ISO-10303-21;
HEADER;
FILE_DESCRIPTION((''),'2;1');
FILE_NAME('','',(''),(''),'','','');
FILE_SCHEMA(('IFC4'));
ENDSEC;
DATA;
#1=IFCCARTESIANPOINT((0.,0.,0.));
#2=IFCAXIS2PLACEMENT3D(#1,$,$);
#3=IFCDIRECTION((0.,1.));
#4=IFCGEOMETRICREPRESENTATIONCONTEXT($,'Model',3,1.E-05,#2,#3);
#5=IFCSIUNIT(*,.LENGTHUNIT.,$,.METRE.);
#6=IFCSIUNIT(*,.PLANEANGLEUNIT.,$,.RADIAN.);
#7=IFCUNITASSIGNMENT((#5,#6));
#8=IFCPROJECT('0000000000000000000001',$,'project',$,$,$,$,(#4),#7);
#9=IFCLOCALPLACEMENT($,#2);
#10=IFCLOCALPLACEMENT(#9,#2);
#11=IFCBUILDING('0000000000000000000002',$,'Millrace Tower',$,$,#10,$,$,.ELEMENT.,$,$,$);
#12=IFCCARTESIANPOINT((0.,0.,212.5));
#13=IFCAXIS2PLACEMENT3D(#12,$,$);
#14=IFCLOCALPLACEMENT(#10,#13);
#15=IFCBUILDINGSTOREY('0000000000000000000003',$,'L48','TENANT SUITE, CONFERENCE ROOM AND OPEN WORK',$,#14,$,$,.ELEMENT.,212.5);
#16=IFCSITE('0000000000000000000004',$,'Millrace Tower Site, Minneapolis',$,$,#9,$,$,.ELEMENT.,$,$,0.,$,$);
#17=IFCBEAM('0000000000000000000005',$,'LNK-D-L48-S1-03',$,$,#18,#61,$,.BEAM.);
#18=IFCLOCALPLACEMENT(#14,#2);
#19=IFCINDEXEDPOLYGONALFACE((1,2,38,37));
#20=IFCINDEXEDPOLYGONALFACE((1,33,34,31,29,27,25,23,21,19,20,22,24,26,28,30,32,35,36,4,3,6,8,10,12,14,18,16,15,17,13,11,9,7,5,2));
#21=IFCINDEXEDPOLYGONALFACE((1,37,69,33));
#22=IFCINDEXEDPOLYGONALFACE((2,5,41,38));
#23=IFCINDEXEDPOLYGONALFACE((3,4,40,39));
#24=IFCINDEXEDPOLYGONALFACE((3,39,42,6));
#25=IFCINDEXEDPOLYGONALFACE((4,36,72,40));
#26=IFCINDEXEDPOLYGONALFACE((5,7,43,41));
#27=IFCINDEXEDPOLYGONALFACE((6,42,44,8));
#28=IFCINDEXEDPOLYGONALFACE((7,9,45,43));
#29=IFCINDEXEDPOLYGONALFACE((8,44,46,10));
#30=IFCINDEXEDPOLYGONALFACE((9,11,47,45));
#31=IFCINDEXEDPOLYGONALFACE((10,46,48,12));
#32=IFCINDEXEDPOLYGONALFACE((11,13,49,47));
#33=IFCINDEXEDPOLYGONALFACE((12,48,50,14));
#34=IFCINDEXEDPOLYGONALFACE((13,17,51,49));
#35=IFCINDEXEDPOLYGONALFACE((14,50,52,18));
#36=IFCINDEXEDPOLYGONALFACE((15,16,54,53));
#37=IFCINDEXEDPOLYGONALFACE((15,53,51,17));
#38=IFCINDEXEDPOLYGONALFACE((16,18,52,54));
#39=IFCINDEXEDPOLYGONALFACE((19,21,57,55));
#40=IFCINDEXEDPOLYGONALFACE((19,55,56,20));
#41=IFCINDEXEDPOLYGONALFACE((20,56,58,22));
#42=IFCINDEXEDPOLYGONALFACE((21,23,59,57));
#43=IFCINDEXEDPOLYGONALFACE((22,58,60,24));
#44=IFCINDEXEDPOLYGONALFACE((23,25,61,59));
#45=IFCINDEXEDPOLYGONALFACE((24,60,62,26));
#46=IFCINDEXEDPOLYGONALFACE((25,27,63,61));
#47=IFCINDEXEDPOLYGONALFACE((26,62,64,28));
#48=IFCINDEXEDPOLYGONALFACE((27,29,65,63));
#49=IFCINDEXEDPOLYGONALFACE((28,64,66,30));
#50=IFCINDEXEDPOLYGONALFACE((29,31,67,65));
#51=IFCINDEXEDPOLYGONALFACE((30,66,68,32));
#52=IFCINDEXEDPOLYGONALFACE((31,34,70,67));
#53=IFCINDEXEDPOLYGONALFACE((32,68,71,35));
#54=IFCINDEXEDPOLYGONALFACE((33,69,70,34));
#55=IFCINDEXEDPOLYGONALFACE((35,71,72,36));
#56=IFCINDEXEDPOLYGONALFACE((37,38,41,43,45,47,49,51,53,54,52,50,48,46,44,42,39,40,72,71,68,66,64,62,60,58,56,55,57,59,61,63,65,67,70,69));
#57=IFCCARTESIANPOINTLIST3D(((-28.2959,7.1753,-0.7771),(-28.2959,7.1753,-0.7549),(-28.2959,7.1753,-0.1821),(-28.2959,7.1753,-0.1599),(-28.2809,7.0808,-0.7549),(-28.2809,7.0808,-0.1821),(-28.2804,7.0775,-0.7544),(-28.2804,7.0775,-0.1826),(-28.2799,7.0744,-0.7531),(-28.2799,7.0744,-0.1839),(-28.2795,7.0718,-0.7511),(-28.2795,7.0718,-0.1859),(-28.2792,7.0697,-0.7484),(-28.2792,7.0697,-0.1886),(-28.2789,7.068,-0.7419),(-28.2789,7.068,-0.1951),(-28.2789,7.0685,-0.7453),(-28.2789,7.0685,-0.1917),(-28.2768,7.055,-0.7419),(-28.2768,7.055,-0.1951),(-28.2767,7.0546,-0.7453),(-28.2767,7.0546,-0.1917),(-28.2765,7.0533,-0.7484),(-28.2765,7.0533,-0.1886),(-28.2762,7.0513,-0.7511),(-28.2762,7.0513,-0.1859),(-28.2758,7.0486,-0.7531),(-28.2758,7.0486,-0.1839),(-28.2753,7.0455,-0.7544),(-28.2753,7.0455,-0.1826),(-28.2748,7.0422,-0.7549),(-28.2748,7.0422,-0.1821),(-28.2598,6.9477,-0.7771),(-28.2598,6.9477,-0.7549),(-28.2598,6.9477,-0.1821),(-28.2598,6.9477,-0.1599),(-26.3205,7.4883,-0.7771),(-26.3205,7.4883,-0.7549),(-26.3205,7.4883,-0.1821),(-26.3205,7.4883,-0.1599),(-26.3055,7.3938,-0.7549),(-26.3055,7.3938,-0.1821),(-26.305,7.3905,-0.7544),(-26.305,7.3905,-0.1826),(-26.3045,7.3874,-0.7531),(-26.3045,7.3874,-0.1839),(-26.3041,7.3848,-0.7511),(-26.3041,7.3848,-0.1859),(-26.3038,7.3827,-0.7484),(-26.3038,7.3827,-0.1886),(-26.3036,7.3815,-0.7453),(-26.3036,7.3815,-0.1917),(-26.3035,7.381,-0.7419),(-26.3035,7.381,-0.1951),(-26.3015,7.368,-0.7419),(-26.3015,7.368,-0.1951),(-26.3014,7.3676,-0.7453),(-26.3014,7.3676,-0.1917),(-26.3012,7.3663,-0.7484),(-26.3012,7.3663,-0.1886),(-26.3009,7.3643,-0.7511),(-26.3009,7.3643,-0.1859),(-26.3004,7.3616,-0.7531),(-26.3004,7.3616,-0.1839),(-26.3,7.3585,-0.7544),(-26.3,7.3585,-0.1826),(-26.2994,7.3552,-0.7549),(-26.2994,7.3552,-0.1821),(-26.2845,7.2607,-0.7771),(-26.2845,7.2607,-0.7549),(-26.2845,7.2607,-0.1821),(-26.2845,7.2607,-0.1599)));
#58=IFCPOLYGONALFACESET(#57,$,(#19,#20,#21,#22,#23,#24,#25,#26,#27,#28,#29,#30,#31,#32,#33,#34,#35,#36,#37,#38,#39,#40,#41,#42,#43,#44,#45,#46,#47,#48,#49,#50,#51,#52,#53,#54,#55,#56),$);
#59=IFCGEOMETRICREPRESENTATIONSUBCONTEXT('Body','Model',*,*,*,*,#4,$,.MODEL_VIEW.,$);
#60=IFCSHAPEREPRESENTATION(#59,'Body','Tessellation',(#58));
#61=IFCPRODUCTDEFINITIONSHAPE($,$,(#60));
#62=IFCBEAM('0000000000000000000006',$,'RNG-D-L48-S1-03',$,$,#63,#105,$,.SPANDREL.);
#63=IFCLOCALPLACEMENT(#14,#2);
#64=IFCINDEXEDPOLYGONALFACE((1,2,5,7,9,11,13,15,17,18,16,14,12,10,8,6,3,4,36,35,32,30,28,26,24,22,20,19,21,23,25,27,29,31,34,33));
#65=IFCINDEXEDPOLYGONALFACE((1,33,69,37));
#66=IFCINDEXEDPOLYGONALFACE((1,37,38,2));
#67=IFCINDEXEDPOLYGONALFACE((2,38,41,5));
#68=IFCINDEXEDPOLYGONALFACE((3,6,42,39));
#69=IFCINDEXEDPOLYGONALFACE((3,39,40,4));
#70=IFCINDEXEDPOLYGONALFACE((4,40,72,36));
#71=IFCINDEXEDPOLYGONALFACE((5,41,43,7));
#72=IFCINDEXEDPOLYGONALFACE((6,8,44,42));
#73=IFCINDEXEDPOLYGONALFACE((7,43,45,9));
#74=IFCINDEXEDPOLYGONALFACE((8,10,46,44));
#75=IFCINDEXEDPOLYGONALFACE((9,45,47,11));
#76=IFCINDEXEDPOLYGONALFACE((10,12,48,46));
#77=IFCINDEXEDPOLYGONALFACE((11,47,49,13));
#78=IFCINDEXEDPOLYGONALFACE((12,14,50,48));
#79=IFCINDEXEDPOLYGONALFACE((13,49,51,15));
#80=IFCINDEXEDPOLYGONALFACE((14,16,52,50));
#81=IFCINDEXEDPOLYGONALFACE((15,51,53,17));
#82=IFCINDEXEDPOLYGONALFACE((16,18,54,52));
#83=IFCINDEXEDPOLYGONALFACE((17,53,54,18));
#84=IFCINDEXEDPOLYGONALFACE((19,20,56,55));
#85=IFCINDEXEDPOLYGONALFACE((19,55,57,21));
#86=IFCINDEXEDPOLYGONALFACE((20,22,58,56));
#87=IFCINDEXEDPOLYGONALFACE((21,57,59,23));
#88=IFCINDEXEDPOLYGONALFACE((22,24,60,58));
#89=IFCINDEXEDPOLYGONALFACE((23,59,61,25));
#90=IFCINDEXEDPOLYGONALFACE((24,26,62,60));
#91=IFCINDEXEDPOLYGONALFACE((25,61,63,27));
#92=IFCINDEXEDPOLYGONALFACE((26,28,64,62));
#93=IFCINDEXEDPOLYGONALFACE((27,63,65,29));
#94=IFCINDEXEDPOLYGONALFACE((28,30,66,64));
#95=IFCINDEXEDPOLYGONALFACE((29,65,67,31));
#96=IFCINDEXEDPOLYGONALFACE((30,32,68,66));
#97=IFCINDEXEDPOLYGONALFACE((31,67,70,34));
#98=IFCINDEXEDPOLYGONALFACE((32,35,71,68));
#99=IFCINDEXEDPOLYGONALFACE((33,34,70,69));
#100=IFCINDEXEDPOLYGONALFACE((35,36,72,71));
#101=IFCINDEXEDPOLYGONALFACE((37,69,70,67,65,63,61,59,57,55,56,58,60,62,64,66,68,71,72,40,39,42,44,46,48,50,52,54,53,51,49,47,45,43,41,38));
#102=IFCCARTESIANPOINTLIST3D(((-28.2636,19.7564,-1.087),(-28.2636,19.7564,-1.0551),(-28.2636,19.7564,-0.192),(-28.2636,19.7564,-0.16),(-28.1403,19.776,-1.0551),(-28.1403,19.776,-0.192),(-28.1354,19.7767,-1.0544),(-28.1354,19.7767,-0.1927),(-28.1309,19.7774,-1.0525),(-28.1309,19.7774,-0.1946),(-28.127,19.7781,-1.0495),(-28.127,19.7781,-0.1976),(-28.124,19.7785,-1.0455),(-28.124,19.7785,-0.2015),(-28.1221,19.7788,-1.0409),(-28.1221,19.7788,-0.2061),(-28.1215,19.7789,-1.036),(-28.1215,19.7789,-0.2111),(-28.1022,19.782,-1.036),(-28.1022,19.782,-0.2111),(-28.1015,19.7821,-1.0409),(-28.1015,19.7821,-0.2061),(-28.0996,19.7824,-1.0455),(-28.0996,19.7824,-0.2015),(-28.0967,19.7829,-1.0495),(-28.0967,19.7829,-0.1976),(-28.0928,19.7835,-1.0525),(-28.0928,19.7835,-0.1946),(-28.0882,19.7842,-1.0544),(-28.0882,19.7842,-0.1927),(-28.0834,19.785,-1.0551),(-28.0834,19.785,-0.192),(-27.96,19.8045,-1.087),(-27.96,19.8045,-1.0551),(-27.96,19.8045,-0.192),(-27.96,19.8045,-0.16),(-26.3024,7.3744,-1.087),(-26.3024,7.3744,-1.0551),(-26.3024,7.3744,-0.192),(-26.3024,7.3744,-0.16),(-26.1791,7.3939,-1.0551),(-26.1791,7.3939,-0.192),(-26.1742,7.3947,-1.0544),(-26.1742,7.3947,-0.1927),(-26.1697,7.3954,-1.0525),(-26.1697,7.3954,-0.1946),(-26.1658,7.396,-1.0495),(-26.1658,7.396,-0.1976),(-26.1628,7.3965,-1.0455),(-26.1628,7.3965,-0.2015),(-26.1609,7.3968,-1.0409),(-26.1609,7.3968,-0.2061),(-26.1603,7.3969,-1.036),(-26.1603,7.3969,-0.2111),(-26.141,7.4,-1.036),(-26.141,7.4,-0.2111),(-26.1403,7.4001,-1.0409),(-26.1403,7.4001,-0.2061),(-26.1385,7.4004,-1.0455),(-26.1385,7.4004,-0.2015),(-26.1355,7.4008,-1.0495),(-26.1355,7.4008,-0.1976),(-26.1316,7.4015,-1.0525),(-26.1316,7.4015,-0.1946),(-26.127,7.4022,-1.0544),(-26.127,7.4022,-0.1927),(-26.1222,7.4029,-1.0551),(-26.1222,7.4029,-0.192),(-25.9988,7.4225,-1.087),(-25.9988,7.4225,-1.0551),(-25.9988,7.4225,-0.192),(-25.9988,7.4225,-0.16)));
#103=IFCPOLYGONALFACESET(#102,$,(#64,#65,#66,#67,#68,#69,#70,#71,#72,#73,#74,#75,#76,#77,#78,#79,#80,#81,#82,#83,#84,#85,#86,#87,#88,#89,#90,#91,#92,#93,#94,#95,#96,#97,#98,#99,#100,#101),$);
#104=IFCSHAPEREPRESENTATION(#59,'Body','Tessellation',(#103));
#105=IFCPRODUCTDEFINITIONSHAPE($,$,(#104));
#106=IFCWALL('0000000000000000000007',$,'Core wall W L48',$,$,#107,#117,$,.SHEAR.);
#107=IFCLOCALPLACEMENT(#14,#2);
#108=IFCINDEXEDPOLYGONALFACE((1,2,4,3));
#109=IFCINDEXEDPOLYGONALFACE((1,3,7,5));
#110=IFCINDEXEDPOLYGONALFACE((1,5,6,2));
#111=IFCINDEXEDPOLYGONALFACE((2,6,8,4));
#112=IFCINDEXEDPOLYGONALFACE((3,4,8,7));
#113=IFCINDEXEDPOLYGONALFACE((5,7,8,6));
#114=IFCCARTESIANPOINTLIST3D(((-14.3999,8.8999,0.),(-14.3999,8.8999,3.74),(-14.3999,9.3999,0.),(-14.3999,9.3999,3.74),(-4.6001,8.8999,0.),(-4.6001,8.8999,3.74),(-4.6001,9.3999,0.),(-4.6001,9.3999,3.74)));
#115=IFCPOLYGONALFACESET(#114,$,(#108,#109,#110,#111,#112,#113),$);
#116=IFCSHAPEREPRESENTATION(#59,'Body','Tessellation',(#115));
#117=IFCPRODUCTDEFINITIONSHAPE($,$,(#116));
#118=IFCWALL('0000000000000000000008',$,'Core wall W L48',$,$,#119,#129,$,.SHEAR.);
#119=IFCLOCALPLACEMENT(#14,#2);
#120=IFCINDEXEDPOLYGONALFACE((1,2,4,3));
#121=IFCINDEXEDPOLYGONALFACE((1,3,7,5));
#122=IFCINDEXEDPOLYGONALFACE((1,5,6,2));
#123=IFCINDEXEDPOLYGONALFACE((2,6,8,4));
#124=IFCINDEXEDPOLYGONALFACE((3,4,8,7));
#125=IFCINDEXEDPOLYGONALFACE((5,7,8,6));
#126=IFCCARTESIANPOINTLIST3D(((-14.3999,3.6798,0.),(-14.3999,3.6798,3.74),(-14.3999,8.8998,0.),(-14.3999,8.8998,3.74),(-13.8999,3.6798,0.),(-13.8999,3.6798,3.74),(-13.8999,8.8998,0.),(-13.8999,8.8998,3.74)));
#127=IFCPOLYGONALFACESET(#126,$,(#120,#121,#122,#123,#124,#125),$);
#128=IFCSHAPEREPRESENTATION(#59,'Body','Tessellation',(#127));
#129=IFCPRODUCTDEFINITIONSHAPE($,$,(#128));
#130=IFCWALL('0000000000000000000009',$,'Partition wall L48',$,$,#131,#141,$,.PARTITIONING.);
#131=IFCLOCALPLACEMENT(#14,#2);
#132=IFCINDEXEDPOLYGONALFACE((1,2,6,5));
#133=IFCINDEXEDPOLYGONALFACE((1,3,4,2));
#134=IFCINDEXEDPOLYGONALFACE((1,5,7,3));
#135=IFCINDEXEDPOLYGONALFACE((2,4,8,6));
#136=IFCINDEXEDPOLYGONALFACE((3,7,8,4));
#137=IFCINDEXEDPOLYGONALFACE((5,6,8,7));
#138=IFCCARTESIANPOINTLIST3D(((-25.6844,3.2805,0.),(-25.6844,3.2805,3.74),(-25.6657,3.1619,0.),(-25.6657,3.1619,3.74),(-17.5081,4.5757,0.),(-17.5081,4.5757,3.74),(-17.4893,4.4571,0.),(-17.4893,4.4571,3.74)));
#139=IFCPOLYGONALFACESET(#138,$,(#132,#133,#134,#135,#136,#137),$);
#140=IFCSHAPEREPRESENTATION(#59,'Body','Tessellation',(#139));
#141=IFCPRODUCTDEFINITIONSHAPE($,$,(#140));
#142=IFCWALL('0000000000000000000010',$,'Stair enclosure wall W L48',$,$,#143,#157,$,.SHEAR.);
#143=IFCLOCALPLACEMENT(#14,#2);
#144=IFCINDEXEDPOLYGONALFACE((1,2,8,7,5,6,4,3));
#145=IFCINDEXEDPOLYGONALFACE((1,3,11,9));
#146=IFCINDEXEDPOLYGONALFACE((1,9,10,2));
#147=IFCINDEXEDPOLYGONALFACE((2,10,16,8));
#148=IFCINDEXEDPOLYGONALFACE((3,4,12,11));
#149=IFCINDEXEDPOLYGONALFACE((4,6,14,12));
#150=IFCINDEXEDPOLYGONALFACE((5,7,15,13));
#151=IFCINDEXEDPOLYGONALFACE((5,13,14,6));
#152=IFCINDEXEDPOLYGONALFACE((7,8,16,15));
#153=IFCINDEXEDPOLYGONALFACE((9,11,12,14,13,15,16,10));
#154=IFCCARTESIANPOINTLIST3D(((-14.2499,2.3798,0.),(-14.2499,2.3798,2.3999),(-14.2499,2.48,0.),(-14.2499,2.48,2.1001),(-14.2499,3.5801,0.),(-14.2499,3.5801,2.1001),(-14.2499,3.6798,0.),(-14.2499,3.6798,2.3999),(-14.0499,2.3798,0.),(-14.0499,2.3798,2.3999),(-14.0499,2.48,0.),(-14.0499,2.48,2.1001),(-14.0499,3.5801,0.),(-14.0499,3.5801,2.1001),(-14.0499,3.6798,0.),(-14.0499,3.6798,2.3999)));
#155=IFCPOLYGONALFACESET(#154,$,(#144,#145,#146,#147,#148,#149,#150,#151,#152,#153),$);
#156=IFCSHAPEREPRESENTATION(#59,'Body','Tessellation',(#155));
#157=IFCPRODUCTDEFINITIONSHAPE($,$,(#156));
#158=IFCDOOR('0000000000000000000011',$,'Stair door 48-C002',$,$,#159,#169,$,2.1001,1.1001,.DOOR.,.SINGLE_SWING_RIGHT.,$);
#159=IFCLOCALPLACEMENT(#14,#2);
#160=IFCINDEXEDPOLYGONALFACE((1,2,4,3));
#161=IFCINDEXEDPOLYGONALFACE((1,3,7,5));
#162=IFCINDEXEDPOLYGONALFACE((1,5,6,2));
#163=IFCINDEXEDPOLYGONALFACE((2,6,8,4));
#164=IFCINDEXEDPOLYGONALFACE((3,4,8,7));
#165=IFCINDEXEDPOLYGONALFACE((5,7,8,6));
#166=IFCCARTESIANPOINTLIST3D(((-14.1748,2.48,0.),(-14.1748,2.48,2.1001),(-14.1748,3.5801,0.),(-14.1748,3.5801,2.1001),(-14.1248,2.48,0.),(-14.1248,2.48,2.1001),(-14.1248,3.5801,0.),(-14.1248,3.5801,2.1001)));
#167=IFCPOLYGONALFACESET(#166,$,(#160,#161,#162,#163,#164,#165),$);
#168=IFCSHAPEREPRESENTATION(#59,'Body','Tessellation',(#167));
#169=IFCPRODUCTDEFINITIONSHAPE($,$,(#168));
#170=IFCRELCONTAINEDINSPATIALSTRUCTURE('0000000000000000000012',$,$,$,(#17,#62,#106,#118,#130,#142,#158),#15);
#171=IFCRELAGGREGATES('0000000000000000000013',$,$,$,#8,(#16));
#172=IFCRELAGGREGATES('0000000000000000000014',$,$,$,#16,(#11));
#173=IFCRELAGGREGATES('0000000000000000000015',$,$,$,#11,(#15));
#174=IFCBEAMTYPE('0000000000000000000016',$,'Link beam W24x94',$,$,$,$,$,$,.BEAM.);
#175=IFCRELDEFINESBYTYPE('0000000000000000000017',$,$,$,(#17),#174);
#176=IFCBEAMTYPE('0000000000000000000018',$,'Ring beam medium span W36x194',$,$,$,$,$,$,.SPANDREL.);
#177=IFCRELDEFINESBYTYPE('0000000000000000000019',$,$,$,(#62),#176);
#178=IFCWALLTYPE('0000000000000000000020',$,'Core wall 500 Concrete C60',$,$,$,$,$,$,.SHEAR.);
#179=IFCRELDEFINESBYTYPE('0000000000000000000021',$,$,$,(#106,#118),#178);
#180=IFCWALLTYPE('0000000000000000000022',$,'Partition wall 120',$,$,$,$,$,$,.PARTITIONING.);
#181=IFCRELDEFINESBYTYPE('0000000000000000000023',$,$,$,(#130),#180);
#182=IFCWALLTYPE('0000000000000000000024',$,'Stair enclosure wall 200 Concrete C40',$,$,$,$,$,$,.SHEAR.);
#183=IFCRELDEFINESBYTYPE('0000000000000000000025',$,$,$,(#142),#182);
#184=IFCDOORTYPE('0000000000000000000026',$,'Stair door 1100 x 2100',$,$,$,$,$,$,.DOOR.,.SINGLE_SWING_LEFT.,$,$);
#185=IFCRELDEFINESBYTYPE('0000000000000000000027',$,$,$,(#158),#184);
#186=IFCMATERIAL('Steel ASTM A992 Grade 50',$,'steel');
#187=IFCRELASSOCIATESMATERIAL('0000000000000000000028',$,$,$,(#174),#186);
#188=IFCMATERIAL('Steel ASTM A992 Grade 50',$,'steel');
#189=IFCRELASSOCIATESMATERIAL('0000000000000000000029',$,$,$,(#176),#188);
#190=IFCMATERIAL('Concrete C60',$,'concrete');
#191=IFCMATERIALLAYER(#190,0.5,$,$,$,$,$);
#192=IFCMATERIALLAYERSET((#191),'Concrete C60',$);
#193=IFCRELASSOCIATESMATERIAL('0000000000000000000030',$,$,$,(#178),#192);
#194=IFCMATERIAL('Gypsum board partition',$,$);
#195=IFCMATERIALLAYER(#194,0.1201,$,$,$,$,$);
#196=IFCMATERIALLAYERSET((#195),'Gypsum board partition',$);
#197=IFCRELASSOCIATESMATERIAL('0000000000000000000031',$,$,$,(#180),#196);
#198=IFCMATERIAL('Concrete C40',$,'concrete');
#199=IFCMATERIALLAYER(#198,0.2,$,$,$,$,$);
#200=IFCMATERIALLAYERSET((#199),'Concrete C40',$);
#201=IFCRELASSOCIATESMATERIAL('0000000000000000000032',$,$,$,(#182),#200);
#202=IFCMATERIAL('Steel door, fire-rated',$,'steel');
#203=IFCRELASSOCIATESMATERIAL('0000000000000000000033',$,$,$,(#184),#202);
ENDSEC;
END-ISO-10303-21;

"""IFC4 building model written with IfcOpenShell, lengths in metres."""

from ifc_helpers import new_model, si_unit, direction, frame, frame_2d, origin, origin_2d, place, context, subcontext, project, spatial, rectangle, i_section, extrude, material, layer, layer_set, material_profile, profile_set, type_object, element, fill, save


model = new_model("IFC4")

# Units and contexts
model_context = context("Model", 3, precision=1e-05, world=origin(), true_north=direction((0.0, 1.0)))
body_context = subcontext(model_context, "Body", "Model", "MODEL_VIEW")
ifc_project = project(units=[si_unit("LENGTHUNIT", "METRE"), si_unit("PLANEANGLEUNIT", "RADIAN")], contexts=[model_context])

# Site, building, storey
site_placement = place(None, origin())
site = spatial("IfcSite", under=ifc_project, at=site_placement, Name="Millrace Tower Site, Minneapolis", CompositionType="ELEMENT", RefElevation=0.0)
building_placement = place(site_placement, origin())
building = spatial("IfcBuilding", under=site, at=building_placement, Name="Millrace Tower", CompositionType="ELEMENT")
storey_placement = place(building_placement, frame((0.0, 0.0, 212.5)))
storey = spatial("IfcBuildingStorey", under=building, at=storey_placement, Name="L48", Description="TENANT SUITE, CONFERENCE ROOM AND OPEN WORK", CompositionType="ELEMENT", Elevation=212.5)

# Beams
ifc_material_1 = material(Name="Steel ASTM A992 Grade 50", Category="steel")
ifc_material_profile_1 = material_profile(ifc_material_1, i_section(OverallWidth=0.2305, OverallDepth=0.6172, WebThickness=0.0132, FlangeThickness=0.0222, FilletRadius=0.0129, at=origin_2d()))
ifc_profile_set_1 = profile_set([ifc_material_profile_1], Name="Steel ASTM A992 Grade 50")
beam_type_1 = type_object("IfcBeamType", Name="Link beam W24x94", PredefinedType="BEAM", material=ifc_profile_set_1)
beam_1_placement = place(storey_placement, frame((-26.3025, 7.3745, -0.4685), z_axis=(-0.987679, -0.156495, 0.0), x_axis=(0.156495, -0.987679, 0.0)))
element("IfcBeam", 1, at=beam_1_placement, inside=storey, type_object=beam_type_1, Name="LNK-D-L48-S1-03", PredefinedType="BEAM", context=body_context, shape_type="SweptSolid", body=[
    extrude(i_section(OverallWidth=0.2305, OverallDepth=0.6172, WebThickness=0.0132, FlangeThickness=0.0222, FilletRadius=0.0129, at=origin_2d()), origin(), (0.0, 0.0, 1.0), 2.0),
])
ifc_material_2 = material(Name="Steel ASTM A992 Grade 50", Category="steel")
ifc_material_profile_2 = material_profile(ifc_material_2, i_section(OverallWidth=0.3074, OverallDepth=0.927, WebThickness=0.0195, FlangeThickness=0.032, FilletRadius=0.019, at=origin_2d()))
ifc_profile_set_2 = profile_set([ifc_material_profile_2], Name="Steel ASTM A992 Grade 50")
beam_type_2 = type_object("IfcBeamType", Name="Ring beam medium span W36x194", PredefinedType="SPANDREL", material=ifc_profile_set_2)
beam_2_placement = place(storey_placement, frame((-26.1506, 7.3984, -0.6235), z_axis=(-0.156439, 0.987688, 0.0), x_axis=(-0.987688, -0.156439, 0.0)))
element("IfcBeam", 2, at=beam_2_placement, inside=storey, type_object=beam_type_2, Name="RNG-D-L48-S1-03", PredefinedType="SPANDREL", context=body_context, shape_type="SweptSolid", body=[
    extrude(i_section(OverallWidth=0.3074, OverallDepth=0.927, WebThickness=0.0195, FlangeThickness=0.032, FilletRadius=0.019, at=origin_2d()), origin(), (0.0, 0.0, 1.0), 12.5364),
])

# Walls
ifc_material_3 = material(Name="Concrete C60", Category="concrete")
ifc_layer_1 = layer(ifc_material_3, 0.5)
ifc_layer_set_1 = layer_set([ifc_layer_1], Name="Concrete C60")
wall_type_1 = type_object("IfcWallType", Name="Core wall 500 Concrete C60", PredefinedType="SHEAR", material=ifc_layer_set_1)
wall_1_placement = place(storey_placement, frame((-14.3999, 9.1499, 0.0), z_axis=(0.0, 0.0, 1.0), x_axis=(1.0, 0.0, 0.0)))
element("IfcWall", 3, at=wall_1_placement, inside=storey, type_object=wall_type_1, Name="Core wall W L48", PredefinedType="SHEAR", context=body_context, shape_type="SweptSolid", body=[
    extrude(rectangle(XDim=9.7998, YDim=0.5, at=frame_2d((4.8999, 0.0))), origin(), (0.0, 0.0, 1.0), 3.74),
])
wall_2_placement = place(storey_placement, frame((-14.1499, 3.6799, 0.0), z_axis=(0.0, 0.0, 1.0), x_axis=(0.0, 1.0, 0.0)))
element("IfcWall", 4, at=wall_2_placement, inside=storey, type_object=wall_type_1, Name="Core wall W L48", PredefinedType="SHEAR", context=body_context, shape_type="SweptSolid", body=[
    extrude(rectangle(XDim=5.22, YDim=0.5, at=frame_2d((2.6099, 0.0))), origin(), (0.0, 0.0, 1.0), 3.74),
])
ifc_material_4 = material(Name="Gypsum board partition")
ifc_layer_2 = layer(ifc_material_4, 0.1201)
ifc_layer_set_2 = layer_set([ifc_layer_2], Name="Gypsum board partition")
wall_type_2 = type_object("IfcWallType", Name="Partition wall 120", PredefinedType="PARTITIONING", material=ifc_layer_set_2)
wall_3_placement = place(storey_placement, frame((-25.675, 3.2212, 0.0), z_axis=(0.0, 0.0, 1.0), x_axis=(0.987685, 0.156455, 0.0)))
element("IfcWall", 5, at=wall_3_placement, inside=storey, type_object=wall_type_2, Name="Partition wall L48", PredefinedType="PARTITIONING", context=body_context, shape_type="SweptSolid", body=[
    extrude(rectangle(XDim=8.2783, YDim=0.1201, at=frame_2d((4.1392, 0.0))), origin(), (0.0, 0.0, 1.0), 3.74),
])

# Wall, opening, door
ifc_material_5 = material(Name="Concrete C40", Category="concrete")
ifc_layer_3 = layer(ifc_material_5, 0.2)
ifc_layer_set_3 = layer_set([ifc_layer_3], Name="Concrete C40")
wall_type_3 = type_object("IfcWallType", Name="Stair enclosure wall 200 Concrete C40", PredefinedType="SHEAR", material=ifc_layer_set_3)
wall_4_placement = place(storey_placement, frame((-14.1499, 2.3799, 0.0), z_axis=(0.0, 0.0, 1.0), x_axis=(0.0, 1.0, 0.0)))
wall_4 = element("IfcWall", 6, at=wall_4_placement, inside=storey, type_object=wall_type_3, Name="Stair enclosure wall W L48", PredefinedType="SHEAR", context=body_context, shape_type="SweptSolid", body=[
    extrude(rectangle(XDim=1.3, YDim=0.2, at=frame_2d((0.6499, 0.0))), origin(), (0.0, 0.0, 1.0), 2.3999),
])
opening_1_placement = place(wall_4_placement, frame((0.1001, 0.0, 0.0)))
opening_1 = element("IfcOpeningElement", 7, at=opening_1_placement, cuts=wall_4, PredefinedType="OPENING", context=body_context, shape_type="SweptSolid", body=[
    extrude(rectangle(XDim=1.1001, YDim=2.1001, at=frame_2d((0.55, 1.05))), frame((0.0, 0.1099, 0.0), z_axis=(0.0, -1.0, 0.0), x_axis=(1.0, 0.0, 0.0)), (0.0, 0.0, 1.0), 0.22),
])
ifc_material_6 = material(Name="Steel door, fire-rated", Category="steel")
door_type_1 = type_object("IfcDoorType", Name="Stair door 1100 x 2100", OperationType="SINGLE_SWING_LEFT", PredefinedType="DOOR", material=ifc_material_6)
door_1_placement = place(opening_1_placement, origin())
door_1 = element("IfcDoor", 8, at=door_1_placement, inside=storey, type_object=door_type_1, Name="Stair door 48-C002", OperationType="SINGLE_SWING_RIGHT", OverallHeight=2.1001, OverallWidth=1.1001, PredefinedType="DOOR", context=body_context, shape_type="SweptSolid", body=[
    extrude(rectangle(XDim=1.1001, YDim=2.1001, at=frame_2d((0.55, 1.05))), frame((0.0, 0.0249, 0.0), z_axis=(0.0, -1.0, 0.0), x_axis=(1.0, 0.0, 0.0)), (0.0, 0.0, 1.0), 0.05),
])
fill(opening_1, door_1)

save(model, "model.ifc")
